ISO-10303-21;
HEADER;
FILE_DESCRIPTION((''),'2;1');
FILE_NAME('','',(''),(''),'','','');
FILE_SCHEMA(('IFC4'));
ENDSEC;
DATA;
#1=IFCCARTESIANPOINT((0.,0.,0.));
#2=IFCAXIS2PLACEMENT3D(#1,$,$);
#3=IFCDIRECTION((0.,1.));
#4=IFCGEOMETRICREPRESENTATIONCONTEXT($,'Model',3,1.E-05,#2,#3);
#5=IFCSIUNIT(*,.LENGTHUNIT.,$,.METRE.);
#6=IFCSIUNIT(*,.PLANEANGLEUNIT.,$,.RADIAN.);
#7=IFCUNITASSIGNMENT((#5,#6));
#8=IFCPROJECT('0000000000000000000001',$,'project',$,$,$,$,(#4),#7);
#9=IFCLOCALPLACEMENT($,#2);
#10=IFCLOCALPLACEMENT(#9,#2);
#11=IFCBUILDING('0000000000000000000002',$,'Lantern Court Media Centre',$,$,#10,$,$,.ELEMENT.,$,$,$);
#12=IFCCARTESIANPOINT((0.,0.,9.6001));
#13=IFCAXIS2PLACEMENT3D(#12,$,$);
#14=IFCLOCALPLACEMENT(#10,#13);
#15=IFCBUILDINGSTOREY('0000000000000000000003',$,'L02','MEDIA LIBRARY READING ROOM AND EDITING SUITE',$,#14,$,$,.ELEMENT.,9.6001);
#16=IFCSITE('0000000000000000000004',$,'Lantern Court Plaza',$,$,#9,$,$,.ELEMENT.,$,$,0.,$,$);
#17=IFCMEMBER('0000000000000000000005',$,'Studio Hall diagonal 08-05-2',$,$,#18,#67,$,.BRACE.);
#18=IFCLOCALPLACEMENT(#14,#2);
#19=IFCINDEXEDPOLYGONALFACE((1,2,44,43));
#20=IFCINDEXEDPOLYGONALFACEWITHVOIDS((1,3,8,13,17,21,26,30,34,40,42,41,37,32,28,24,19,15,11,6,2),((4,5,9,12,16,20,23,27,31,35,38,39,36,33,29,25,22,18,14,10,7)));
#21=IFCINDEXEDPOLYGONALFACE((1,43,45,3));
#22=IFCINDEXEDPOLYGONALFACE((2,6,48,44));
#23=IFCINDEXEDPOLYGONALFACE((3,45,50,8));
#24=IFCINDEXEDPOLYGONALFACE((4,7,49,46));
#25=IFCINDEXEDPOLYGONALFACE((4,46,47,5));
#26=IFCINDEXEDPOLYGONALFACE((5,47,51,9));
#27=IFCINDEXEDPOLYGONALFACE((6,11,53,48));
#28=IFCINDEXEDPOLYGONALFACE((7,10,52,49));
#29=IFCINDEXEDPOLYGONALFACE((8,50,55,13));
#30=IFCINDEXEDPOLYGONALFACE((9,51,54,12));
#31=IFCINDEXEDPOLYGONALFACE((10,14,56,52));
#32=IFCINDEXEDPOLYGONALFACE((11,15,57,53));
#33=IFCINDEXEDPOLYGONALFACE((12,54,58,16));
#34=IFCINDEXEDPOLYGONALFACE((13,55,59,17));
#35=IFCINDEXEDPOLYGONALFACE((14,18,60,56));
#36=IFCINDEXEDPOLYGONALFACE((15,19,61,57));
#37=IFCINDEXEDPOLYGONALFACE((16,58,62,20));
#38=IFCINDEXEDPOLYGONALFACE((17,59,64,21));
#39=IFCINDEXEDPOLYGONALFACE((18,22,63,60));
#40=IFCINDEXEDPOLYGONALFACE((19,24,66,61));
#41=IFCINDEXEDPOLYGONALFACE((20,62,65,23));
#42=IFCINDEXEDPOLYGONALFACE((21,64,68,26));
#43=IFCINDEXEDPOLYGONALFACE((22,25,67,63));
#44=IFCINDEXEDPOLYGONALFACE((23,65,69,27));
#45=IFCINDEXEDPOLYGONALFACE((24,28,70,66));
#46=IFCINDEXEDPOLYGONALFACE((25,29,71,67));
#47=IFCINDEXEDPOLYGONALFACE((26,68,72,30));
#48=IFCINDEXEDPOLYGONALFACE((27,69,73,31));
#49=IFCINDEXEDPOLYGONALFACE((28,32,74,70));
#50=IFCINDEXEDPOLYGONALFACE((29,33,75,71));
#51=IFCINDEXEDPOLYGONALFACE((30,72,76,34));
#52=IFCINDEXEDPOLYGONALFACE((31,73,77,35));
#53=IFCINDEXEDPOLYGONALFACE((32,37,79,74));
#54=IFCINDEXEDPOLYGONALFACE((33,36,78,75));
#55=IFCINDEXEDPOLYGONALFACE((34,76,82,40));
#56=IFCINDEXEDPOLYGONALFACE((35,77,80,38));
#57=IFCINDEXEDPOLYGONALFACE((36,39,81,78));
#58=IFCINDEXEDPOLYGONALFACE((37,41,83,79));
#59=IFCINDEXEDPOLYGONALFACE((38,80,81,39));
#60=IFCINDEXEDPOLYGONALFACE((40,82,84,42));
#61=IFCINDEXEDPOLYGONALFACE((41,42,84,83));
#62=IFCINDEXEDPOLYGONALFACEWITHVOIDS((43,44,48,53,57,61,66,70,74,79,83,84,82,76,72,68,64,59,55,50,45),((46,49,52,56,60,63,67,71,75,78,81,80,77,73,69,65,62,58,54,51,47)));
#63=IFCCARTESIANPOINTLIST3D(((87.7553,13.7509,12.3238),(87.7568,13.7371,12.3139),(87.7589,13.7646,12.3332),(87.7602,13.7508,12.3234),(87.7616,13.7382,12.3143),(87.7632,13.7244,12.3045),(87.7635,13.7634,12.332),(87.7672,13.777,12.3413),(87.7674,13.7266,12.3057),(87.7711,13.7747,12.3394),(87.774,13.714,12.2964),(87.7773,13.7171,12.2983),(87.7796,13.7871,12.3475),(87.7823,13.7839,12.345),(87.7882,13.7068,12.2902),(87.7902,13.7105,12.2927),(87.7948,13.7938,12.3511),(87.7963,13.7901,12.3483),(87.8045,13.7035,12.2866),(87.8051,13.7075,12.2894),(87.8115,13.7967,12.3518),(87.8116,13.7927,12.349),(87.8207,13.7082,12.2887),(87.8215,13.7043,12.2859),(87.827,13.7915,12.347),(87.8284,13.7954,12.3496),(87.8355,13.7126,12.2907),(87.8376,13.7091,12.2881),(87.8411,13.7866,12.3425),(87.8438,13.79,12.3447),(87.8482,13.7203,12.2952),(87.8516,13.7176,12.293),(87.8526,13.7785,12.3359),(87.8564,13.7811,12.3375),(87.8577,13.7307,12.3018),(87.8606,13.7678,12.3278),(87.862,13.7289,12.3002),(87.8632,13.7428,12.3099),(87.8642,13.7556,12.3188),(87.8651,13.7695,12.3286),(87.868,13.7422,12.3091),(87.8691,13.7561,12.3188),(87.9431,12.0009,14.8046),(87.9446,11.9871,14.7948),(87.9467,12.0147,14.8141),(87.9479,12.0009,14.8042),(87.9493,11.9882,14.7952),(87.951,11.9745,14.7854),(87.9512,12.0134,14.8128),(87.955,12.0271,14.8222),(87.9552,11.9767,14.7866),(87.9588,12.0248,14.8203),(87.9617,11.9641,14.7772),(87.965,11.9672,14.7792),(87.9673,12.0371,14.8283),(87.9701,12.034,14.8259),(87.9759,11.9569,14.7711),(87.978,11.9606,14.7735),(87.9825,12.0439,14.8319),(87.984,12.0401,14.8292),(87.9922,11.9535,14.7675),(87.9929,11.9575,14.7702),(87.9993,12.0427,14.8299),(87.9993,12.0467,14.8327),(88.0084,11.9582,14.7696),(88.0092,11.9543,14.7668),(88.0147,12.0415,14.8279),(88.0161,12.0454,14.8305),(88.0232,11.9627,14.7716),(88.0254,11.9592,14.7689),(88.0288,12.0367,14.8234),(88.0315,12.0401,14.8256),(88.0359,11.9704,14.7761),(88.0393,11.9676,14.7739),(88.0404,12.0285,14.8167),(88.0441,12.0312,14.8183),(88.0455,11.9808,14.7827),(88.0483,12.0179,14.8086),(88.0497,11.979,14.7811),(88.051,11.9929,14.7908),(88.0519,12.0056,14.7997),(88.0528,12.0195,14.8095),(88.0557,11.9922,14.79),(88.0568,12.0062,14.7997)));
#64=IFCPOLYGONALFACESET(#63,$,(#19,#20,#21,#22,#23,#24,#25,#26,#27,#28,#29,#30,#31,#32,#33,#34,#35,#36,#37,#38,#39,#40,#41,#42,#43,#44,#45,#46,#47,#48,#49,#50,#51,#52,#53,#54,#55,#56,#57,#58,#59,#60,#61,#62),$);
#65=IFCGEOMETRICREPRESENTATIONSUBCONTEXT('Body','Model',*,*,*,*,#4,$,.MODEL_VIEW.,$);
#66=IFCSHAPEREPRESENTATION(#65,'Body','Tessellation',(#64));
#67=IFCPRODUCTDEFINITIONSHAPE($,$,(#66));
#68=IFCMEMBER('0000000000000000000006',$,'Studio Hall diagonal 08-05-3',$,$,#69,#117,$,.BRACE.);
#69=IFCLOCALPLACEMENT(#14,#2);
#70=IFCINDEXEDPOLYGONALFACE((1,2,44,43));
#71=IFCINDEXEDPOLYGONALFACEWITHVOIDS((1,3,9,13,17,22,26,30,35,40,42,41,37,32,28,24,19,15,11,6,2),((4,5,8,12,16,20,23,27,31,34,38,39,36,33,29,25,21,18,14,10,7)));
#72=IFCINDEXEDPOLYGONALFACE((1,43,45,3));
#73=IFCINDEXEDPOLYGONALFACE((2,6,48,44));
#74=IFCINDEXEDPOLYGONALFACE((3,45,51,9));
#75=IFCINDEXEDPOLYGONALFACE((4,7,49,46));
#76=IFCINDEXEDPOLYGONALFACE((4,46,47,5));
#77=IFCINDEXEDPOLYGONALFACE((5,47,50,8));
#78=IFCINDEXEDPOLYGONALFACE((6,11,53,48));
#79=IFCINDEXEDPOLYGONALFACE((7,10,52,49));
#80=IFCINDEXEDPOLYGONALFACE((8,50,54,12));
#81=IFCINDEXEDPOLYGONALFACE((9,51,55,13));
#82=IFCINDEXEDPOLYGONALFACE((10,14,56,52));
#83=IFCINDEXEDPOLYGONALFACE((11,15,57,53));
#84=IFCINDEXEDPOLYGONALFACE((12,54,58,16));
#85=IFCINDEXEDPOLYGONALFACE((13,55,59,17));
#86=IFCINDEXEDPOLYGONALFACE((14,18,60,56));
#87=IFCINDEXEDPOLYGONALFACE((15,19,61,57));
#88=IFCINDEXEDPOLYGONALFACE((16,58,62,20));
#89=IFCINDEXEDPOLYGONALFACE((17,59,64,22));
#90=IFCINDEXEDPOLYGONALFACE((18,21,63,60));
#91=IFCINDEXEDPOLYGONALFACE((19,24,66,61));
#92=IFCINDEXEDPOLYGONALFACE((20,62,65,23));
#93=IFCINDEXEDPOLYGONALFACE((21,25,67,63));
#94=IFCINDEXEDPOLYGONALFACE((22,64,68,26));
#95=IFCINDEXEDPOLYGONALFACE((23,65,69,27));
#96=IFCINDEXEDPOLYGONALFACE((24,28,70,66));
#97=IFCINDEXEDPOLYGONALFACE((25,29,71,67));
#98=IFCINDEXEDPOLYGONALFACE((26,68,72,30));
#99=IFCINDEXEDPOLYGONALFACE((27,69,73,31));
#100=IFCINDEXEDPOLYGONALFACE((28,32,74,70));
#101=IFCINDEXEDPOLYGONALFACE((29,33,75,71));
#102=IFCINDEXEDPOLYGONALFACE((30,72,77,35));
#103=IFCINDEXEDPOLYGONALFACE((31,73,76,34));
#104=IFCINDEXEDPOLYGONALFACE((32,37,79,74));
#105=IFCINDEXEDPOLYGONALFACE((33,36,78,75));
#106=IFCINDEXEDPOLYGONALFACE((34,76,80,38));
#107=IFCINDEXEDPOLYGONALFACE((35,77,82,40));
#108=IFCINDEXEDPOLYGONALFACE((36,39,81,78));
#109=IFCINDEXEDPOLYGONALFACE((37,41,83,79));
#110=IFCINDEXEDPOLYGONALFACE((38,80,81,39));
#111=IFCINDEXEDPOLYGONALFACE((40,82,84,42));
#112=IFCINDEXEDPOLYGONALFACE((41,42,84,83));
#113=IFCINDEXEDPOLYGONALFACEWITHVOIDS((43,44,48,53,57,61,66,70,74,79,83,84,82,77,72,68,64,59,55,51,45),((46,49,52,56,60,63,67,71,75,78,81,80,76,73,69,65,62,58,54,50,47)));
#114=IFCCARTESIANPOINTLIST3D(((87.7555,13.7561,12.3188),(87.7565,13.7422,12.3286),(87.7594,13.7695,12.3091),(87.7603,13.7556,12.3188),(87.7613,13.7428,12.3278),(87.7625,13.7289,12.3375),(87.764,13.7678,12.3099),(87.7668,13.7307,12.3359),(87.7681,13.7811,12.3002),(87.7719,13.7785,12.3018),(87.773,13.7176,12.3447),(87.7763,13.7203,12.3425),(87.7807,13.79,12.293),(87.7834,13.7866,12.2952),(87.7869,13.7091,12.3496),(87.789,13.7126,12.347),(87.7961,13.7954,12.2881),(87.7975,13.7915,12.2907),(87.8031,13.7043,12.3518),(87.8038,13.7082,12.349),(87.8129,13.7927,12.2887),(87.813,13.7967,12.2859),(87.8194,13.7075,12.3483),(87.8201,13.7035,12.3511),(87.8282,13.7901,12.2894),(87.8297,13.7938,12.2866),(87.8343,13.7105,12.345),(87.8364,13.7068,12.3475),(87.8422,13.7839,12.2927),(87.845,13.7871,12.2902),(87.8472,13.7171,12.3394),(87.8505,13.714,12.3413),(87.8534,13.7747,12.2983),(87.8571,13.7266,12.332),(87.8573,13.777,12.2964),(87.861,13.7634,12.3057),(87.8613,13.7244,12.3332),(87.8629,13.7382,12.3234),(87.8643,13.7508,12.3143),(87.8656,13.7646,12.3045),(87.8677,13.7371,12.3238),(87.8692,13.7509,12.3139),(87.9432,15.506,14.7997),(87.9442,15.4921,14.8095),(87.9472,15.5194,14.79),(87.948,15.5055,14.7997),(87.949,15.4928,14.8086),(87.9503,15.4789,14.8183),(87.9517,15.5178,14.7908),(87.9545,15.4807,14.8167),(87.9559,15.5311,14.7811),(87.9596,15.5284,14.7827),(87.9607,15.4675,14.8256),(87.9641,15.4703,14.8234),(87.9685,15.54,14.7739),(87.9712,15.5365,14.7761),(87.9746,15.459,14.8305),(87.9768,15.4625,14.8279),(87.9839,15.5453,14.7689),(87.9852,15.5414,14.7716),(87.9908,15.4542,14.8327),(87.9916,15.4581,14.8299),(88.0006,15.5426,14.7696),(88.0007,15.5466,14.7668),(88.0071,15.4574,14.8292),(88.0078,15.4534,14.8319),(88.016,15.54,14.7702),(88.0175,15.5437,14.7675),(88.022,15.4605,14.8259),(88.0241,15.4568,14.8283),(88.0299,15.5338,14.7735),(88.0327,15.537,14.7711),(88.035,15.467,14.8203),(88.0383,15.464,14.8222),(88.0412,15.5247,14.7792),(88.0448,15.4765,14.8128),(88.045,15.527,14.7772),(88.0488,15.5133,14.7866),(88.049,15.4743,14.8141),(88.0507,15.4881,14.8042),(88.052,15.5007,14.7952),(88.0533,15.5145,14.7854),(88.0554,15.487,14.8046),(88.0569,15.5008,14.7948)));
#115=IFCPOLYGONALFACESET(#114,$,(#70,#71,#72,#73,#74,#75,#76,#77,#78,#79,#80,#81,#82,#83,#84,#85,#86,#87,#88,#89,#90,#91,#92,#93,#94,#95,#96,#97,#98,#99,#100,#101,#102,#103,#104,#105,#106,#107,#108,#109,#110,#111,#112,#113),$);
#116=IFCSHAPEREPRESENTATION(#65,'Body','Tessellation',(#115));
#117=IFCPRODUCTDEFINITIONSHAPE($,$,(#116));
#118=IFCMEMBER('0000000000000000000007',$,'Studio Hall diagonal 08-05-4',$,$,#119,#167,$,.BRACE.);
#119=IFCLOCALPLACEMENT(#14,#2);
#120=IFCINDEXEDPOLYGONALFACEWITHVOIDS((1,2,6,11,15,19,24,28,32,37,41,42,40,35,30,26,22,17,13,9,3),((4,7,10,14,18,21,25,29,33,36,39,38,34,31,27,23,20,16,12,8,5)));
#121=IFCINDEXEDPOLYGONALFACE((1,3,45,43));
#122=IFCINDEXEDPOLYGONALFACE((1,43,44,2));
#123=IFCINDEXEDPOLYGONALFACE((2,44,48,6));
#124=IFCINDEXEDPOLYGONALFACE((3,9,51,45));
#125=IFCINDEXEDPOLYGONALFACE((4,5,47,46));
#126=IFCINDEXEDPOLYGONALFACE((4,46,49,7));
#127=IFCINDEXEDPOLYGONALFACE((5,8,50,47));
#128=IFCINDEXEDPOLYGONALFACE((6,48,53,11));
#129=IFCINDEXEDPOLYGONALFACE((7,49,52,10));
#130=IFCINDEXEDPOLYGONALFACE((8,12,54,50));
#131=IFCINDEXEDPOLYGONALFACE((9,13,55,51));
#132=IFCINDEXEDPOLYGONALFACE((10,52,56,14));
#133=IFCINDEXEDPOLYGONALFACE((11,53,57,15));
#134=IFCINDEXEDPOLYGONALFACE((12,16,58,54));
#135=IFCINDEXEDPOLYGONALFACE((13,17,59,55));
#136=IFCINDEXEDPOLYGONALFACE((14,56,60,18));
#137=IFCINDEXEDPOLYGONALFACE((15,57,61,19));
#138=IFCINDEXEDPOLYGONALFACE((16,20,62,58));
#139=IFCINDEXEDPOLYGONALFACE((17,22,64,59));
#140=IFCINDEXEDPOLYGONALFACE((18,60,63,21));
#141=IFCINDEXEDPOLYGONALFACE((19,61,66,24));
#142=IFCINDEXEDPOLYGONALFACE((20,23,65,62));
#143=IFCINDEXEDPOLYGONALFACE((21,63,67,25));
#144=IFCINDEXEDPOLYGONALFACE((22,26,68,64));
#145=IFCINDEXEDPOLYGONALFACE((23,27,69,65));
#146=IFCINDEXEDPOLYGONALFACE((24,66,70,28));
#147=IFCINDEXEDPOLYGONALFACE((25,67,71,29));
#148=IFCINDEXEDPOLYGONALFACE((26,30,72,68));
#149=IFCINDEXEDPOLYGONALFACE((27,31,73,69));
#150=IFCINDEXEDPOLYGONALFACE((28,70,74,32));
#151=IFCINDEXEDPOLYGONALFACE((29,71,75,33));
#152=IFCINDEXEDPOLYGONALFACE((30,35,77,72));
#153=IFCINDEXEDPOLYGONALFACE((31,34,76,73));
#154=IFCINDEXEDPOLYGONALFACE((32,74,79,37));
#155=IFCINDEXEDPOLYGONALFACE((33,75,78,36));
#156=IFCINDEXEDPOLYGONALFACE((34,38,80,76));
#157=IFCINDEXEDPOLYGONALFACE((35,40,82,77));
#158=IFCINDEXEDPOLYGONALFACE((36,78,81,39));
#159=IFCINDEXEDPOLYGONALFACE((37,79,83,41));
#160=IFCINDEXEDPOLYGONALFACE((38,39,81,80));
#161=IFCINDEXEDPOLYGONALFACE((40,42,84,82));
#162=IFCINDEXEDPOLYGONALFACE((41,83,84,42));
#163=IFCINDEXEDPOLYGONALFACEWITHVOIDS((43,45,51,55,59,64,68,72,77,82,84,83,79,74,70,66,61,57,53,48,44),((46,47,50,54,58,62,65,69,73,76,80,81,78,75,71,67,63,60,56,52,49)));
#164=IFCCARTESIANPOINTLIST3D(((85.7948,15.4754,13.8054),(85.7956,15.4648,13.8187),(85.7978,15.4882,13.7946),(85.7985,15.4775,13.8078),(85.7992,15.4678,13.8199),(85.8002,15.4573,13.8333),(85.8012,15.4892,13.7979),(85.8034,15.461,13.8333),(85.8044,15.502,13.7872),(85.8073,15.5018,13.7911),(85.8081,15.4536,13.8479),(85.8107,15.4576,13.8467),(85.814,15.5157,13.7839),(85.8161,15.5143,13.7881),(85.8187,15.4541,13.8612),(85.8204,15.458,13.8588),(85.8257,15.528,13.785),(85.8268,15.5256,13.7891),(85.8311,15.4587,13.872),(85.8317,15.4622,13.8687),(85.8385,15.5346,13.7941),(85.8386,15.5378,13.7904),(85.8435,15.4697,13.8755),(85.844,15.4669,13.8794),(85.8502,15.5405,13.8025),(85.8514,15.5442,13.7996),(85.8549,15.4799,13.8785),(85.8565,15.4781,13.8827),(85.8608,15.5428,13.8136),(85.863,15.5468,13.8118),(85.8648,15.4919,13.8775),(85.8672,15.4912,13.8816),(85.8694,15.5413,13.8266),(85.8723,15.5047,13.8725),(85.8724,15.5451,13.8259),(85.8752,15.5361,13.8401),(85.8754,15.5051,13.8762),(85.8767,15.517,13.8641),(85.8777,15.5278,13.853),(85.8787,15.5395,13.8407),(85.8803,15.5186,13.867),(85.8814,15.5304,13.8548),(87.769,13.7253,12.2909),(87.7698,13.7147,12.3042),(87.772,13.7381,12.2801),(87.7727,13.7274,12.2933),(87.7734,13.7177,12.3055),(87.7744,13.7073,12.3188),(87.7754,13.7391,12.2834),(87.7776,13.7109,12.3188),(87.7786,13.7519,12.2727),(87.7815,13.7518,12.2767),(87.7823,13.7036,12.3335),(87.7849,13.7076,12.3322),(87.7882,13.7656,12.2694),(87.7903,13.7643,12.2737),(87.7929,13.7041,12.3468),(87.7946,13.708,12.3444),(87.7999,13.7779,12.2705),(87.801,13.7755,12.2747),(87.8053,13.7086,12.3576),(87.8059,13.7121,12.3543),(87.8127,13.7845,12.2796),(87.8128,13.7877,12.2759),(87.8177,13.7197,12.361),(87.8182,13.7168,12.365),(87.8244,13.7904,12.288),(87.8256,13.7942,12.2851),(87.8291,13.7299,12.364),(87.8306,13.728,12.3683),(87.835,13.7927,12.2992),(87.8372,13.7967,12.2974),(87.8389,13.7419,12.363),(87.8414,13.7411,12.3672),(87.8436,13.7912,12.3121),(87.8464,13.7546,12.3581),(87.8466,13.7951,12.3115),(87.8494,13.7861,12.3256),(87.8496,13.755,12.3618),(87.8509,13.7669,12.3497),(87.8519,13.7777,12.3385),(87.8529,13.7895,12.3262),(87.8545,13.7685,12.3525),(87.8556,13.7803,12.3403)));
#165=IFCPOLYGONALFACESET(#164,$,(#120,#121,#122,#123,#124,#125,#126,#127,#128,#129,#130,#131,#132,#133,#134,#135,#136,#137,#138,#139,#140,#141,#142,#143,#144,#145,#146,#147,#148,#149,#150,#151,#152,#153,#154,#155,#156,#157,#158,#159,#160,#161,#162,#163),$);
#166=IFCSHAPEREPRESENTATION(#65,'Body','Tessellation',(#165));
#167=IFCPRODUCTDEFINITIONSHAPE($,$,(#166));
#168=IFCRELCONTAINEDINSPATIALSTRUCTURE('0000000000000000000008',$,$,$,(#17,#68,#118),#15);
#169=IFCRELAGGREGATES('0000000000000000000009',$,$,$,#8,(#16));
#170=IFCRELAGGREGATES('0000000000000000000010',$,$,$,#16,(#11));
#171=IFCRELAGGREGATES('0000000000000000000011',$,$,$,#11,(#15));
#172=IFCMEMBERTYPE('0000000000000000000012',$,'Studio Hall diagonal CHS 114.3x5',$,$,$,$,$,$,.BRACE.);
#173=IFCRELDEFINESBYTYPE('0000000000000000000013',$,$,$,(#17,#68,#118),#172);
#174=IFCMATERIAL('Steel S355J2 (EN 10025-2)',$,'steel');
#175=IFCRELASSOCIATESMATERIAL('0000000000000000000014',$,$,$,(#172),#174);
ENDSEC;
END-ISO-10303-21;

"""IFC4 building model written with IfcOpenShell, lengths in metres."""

from ifc_helpers import new_model, si_unit, direction, frame, origin, origin_2d, place, context, subcontext, project, spatial, hollow_circle, extrude, material, material_profile, profile_set, type_object, element, save


model = new_model("IFC4")

# Units and contexts
model_context = context("Model", 3, precision=1e-05, world=origin(), true_north=direction((0.0, 1.0)))
body_context = subcontext(model_context, "Body", "Model", "MODEL_VIEW")
ifc_project = project(units=[si_unit("LENGTHUNIT", "METRE"), si_unit("PLANEANGLEUNIT", "RADIAN")], contexts=[model_context])

# Site, building, storey
site_placement = place(None, origin())
site = spatial("IfcSite", under=ifc_project, at=site_placement, Name="Lantern Court Plaza", CompositionType="ELEMENT", RefElevation=0.0)
building_placement = place(site_placement, origin())
building = spatial("IfcBuilding", under=site, at=building_placement, Name="Lantern Court Media Centre", CompositionType="ELEMENT")
storey_placement = place(building_placement, frame((0.0, 0.0, 9.6001)))
storey = spatial("IfcBuildingStorey", under=building, at=storey_placement, Name="L02", Description="MEDIA LIBRARY READING ROOM AND EDITING SUITE", CompositionType="ELEMENT", Elevation=9.6001)

# Members
ifc_material = material(Name="Steel S355J2 (EN 10025-2)", Category="steel")
ifc_material_profile_1 = material_profile(ifc_material, hollow_circle(Radius=0.0571, WallThickness=0.0049, at=origin_2d()), Name="Studio Hall diagonal CHS 114.3x5")
ifc_profile_set_1 = profile_set([ifc_material_profile_1], Name="Steel S355J2 (EN 10025-2)")
member_type_1 = type_object("IfcMemberType", Name="Studio Hall diagonal CHS 114.3x5", PredefinedType="BRACE", material=ifc_profile_set_1)
for number, where, z_axis, x_axis, name in (
    (1, (87.8123, 13.75, 12.3188), (0.06172, -0.575306, 0.815606), (0.994294, 0.10667, 0.0), "Studio Hall diagonal 08-05-2"),
    (2, (87.8123, 13.75, 12.3188), (0.06172, 0.575306, 0.815606), (-0.994294, 0.10667, 0.0), "Studio Hall diagonal 08-05-3"),
):
    element("IfcMember", number, at=place(storey_placement, frame(where, z_axis=z_axis, x_axis=x_axis)), inside=storey, type_object=member_type_1, Name=name, PredefinedType="BRACE", context=body_context, shape_type="SweptSolid", body=[
        extrude(hollow_circle(Radius=0.0571, WallThickness=0.0049, at=origin_2d()), origin(), (0.0, 0.0, 1.0), 3.0417),
    ])
member_1_placement = place(storey_placement, frame((87.8123, 13.75, 12.3188), z_axis=(-0.648979, 0.575301, 0.49785), x_axis=(-0.663352, -0.748307, 0.0)))
element("IfcMember", 3, at=member_1_placement, inside=storey, type_object=member_type_1, Name="Studio Hall diagonal 08-05-4", PredefinedType="BRACE", context=body_context, shape_type="SweptSolid", body=[
    extrude(hollow_circle(Radius=0.0571, WallThickness=0.0049, at=origin_2d()), origin(), (0.0, 0.0, 1.0), 3.042),
])

save(model, "model.ifc")
